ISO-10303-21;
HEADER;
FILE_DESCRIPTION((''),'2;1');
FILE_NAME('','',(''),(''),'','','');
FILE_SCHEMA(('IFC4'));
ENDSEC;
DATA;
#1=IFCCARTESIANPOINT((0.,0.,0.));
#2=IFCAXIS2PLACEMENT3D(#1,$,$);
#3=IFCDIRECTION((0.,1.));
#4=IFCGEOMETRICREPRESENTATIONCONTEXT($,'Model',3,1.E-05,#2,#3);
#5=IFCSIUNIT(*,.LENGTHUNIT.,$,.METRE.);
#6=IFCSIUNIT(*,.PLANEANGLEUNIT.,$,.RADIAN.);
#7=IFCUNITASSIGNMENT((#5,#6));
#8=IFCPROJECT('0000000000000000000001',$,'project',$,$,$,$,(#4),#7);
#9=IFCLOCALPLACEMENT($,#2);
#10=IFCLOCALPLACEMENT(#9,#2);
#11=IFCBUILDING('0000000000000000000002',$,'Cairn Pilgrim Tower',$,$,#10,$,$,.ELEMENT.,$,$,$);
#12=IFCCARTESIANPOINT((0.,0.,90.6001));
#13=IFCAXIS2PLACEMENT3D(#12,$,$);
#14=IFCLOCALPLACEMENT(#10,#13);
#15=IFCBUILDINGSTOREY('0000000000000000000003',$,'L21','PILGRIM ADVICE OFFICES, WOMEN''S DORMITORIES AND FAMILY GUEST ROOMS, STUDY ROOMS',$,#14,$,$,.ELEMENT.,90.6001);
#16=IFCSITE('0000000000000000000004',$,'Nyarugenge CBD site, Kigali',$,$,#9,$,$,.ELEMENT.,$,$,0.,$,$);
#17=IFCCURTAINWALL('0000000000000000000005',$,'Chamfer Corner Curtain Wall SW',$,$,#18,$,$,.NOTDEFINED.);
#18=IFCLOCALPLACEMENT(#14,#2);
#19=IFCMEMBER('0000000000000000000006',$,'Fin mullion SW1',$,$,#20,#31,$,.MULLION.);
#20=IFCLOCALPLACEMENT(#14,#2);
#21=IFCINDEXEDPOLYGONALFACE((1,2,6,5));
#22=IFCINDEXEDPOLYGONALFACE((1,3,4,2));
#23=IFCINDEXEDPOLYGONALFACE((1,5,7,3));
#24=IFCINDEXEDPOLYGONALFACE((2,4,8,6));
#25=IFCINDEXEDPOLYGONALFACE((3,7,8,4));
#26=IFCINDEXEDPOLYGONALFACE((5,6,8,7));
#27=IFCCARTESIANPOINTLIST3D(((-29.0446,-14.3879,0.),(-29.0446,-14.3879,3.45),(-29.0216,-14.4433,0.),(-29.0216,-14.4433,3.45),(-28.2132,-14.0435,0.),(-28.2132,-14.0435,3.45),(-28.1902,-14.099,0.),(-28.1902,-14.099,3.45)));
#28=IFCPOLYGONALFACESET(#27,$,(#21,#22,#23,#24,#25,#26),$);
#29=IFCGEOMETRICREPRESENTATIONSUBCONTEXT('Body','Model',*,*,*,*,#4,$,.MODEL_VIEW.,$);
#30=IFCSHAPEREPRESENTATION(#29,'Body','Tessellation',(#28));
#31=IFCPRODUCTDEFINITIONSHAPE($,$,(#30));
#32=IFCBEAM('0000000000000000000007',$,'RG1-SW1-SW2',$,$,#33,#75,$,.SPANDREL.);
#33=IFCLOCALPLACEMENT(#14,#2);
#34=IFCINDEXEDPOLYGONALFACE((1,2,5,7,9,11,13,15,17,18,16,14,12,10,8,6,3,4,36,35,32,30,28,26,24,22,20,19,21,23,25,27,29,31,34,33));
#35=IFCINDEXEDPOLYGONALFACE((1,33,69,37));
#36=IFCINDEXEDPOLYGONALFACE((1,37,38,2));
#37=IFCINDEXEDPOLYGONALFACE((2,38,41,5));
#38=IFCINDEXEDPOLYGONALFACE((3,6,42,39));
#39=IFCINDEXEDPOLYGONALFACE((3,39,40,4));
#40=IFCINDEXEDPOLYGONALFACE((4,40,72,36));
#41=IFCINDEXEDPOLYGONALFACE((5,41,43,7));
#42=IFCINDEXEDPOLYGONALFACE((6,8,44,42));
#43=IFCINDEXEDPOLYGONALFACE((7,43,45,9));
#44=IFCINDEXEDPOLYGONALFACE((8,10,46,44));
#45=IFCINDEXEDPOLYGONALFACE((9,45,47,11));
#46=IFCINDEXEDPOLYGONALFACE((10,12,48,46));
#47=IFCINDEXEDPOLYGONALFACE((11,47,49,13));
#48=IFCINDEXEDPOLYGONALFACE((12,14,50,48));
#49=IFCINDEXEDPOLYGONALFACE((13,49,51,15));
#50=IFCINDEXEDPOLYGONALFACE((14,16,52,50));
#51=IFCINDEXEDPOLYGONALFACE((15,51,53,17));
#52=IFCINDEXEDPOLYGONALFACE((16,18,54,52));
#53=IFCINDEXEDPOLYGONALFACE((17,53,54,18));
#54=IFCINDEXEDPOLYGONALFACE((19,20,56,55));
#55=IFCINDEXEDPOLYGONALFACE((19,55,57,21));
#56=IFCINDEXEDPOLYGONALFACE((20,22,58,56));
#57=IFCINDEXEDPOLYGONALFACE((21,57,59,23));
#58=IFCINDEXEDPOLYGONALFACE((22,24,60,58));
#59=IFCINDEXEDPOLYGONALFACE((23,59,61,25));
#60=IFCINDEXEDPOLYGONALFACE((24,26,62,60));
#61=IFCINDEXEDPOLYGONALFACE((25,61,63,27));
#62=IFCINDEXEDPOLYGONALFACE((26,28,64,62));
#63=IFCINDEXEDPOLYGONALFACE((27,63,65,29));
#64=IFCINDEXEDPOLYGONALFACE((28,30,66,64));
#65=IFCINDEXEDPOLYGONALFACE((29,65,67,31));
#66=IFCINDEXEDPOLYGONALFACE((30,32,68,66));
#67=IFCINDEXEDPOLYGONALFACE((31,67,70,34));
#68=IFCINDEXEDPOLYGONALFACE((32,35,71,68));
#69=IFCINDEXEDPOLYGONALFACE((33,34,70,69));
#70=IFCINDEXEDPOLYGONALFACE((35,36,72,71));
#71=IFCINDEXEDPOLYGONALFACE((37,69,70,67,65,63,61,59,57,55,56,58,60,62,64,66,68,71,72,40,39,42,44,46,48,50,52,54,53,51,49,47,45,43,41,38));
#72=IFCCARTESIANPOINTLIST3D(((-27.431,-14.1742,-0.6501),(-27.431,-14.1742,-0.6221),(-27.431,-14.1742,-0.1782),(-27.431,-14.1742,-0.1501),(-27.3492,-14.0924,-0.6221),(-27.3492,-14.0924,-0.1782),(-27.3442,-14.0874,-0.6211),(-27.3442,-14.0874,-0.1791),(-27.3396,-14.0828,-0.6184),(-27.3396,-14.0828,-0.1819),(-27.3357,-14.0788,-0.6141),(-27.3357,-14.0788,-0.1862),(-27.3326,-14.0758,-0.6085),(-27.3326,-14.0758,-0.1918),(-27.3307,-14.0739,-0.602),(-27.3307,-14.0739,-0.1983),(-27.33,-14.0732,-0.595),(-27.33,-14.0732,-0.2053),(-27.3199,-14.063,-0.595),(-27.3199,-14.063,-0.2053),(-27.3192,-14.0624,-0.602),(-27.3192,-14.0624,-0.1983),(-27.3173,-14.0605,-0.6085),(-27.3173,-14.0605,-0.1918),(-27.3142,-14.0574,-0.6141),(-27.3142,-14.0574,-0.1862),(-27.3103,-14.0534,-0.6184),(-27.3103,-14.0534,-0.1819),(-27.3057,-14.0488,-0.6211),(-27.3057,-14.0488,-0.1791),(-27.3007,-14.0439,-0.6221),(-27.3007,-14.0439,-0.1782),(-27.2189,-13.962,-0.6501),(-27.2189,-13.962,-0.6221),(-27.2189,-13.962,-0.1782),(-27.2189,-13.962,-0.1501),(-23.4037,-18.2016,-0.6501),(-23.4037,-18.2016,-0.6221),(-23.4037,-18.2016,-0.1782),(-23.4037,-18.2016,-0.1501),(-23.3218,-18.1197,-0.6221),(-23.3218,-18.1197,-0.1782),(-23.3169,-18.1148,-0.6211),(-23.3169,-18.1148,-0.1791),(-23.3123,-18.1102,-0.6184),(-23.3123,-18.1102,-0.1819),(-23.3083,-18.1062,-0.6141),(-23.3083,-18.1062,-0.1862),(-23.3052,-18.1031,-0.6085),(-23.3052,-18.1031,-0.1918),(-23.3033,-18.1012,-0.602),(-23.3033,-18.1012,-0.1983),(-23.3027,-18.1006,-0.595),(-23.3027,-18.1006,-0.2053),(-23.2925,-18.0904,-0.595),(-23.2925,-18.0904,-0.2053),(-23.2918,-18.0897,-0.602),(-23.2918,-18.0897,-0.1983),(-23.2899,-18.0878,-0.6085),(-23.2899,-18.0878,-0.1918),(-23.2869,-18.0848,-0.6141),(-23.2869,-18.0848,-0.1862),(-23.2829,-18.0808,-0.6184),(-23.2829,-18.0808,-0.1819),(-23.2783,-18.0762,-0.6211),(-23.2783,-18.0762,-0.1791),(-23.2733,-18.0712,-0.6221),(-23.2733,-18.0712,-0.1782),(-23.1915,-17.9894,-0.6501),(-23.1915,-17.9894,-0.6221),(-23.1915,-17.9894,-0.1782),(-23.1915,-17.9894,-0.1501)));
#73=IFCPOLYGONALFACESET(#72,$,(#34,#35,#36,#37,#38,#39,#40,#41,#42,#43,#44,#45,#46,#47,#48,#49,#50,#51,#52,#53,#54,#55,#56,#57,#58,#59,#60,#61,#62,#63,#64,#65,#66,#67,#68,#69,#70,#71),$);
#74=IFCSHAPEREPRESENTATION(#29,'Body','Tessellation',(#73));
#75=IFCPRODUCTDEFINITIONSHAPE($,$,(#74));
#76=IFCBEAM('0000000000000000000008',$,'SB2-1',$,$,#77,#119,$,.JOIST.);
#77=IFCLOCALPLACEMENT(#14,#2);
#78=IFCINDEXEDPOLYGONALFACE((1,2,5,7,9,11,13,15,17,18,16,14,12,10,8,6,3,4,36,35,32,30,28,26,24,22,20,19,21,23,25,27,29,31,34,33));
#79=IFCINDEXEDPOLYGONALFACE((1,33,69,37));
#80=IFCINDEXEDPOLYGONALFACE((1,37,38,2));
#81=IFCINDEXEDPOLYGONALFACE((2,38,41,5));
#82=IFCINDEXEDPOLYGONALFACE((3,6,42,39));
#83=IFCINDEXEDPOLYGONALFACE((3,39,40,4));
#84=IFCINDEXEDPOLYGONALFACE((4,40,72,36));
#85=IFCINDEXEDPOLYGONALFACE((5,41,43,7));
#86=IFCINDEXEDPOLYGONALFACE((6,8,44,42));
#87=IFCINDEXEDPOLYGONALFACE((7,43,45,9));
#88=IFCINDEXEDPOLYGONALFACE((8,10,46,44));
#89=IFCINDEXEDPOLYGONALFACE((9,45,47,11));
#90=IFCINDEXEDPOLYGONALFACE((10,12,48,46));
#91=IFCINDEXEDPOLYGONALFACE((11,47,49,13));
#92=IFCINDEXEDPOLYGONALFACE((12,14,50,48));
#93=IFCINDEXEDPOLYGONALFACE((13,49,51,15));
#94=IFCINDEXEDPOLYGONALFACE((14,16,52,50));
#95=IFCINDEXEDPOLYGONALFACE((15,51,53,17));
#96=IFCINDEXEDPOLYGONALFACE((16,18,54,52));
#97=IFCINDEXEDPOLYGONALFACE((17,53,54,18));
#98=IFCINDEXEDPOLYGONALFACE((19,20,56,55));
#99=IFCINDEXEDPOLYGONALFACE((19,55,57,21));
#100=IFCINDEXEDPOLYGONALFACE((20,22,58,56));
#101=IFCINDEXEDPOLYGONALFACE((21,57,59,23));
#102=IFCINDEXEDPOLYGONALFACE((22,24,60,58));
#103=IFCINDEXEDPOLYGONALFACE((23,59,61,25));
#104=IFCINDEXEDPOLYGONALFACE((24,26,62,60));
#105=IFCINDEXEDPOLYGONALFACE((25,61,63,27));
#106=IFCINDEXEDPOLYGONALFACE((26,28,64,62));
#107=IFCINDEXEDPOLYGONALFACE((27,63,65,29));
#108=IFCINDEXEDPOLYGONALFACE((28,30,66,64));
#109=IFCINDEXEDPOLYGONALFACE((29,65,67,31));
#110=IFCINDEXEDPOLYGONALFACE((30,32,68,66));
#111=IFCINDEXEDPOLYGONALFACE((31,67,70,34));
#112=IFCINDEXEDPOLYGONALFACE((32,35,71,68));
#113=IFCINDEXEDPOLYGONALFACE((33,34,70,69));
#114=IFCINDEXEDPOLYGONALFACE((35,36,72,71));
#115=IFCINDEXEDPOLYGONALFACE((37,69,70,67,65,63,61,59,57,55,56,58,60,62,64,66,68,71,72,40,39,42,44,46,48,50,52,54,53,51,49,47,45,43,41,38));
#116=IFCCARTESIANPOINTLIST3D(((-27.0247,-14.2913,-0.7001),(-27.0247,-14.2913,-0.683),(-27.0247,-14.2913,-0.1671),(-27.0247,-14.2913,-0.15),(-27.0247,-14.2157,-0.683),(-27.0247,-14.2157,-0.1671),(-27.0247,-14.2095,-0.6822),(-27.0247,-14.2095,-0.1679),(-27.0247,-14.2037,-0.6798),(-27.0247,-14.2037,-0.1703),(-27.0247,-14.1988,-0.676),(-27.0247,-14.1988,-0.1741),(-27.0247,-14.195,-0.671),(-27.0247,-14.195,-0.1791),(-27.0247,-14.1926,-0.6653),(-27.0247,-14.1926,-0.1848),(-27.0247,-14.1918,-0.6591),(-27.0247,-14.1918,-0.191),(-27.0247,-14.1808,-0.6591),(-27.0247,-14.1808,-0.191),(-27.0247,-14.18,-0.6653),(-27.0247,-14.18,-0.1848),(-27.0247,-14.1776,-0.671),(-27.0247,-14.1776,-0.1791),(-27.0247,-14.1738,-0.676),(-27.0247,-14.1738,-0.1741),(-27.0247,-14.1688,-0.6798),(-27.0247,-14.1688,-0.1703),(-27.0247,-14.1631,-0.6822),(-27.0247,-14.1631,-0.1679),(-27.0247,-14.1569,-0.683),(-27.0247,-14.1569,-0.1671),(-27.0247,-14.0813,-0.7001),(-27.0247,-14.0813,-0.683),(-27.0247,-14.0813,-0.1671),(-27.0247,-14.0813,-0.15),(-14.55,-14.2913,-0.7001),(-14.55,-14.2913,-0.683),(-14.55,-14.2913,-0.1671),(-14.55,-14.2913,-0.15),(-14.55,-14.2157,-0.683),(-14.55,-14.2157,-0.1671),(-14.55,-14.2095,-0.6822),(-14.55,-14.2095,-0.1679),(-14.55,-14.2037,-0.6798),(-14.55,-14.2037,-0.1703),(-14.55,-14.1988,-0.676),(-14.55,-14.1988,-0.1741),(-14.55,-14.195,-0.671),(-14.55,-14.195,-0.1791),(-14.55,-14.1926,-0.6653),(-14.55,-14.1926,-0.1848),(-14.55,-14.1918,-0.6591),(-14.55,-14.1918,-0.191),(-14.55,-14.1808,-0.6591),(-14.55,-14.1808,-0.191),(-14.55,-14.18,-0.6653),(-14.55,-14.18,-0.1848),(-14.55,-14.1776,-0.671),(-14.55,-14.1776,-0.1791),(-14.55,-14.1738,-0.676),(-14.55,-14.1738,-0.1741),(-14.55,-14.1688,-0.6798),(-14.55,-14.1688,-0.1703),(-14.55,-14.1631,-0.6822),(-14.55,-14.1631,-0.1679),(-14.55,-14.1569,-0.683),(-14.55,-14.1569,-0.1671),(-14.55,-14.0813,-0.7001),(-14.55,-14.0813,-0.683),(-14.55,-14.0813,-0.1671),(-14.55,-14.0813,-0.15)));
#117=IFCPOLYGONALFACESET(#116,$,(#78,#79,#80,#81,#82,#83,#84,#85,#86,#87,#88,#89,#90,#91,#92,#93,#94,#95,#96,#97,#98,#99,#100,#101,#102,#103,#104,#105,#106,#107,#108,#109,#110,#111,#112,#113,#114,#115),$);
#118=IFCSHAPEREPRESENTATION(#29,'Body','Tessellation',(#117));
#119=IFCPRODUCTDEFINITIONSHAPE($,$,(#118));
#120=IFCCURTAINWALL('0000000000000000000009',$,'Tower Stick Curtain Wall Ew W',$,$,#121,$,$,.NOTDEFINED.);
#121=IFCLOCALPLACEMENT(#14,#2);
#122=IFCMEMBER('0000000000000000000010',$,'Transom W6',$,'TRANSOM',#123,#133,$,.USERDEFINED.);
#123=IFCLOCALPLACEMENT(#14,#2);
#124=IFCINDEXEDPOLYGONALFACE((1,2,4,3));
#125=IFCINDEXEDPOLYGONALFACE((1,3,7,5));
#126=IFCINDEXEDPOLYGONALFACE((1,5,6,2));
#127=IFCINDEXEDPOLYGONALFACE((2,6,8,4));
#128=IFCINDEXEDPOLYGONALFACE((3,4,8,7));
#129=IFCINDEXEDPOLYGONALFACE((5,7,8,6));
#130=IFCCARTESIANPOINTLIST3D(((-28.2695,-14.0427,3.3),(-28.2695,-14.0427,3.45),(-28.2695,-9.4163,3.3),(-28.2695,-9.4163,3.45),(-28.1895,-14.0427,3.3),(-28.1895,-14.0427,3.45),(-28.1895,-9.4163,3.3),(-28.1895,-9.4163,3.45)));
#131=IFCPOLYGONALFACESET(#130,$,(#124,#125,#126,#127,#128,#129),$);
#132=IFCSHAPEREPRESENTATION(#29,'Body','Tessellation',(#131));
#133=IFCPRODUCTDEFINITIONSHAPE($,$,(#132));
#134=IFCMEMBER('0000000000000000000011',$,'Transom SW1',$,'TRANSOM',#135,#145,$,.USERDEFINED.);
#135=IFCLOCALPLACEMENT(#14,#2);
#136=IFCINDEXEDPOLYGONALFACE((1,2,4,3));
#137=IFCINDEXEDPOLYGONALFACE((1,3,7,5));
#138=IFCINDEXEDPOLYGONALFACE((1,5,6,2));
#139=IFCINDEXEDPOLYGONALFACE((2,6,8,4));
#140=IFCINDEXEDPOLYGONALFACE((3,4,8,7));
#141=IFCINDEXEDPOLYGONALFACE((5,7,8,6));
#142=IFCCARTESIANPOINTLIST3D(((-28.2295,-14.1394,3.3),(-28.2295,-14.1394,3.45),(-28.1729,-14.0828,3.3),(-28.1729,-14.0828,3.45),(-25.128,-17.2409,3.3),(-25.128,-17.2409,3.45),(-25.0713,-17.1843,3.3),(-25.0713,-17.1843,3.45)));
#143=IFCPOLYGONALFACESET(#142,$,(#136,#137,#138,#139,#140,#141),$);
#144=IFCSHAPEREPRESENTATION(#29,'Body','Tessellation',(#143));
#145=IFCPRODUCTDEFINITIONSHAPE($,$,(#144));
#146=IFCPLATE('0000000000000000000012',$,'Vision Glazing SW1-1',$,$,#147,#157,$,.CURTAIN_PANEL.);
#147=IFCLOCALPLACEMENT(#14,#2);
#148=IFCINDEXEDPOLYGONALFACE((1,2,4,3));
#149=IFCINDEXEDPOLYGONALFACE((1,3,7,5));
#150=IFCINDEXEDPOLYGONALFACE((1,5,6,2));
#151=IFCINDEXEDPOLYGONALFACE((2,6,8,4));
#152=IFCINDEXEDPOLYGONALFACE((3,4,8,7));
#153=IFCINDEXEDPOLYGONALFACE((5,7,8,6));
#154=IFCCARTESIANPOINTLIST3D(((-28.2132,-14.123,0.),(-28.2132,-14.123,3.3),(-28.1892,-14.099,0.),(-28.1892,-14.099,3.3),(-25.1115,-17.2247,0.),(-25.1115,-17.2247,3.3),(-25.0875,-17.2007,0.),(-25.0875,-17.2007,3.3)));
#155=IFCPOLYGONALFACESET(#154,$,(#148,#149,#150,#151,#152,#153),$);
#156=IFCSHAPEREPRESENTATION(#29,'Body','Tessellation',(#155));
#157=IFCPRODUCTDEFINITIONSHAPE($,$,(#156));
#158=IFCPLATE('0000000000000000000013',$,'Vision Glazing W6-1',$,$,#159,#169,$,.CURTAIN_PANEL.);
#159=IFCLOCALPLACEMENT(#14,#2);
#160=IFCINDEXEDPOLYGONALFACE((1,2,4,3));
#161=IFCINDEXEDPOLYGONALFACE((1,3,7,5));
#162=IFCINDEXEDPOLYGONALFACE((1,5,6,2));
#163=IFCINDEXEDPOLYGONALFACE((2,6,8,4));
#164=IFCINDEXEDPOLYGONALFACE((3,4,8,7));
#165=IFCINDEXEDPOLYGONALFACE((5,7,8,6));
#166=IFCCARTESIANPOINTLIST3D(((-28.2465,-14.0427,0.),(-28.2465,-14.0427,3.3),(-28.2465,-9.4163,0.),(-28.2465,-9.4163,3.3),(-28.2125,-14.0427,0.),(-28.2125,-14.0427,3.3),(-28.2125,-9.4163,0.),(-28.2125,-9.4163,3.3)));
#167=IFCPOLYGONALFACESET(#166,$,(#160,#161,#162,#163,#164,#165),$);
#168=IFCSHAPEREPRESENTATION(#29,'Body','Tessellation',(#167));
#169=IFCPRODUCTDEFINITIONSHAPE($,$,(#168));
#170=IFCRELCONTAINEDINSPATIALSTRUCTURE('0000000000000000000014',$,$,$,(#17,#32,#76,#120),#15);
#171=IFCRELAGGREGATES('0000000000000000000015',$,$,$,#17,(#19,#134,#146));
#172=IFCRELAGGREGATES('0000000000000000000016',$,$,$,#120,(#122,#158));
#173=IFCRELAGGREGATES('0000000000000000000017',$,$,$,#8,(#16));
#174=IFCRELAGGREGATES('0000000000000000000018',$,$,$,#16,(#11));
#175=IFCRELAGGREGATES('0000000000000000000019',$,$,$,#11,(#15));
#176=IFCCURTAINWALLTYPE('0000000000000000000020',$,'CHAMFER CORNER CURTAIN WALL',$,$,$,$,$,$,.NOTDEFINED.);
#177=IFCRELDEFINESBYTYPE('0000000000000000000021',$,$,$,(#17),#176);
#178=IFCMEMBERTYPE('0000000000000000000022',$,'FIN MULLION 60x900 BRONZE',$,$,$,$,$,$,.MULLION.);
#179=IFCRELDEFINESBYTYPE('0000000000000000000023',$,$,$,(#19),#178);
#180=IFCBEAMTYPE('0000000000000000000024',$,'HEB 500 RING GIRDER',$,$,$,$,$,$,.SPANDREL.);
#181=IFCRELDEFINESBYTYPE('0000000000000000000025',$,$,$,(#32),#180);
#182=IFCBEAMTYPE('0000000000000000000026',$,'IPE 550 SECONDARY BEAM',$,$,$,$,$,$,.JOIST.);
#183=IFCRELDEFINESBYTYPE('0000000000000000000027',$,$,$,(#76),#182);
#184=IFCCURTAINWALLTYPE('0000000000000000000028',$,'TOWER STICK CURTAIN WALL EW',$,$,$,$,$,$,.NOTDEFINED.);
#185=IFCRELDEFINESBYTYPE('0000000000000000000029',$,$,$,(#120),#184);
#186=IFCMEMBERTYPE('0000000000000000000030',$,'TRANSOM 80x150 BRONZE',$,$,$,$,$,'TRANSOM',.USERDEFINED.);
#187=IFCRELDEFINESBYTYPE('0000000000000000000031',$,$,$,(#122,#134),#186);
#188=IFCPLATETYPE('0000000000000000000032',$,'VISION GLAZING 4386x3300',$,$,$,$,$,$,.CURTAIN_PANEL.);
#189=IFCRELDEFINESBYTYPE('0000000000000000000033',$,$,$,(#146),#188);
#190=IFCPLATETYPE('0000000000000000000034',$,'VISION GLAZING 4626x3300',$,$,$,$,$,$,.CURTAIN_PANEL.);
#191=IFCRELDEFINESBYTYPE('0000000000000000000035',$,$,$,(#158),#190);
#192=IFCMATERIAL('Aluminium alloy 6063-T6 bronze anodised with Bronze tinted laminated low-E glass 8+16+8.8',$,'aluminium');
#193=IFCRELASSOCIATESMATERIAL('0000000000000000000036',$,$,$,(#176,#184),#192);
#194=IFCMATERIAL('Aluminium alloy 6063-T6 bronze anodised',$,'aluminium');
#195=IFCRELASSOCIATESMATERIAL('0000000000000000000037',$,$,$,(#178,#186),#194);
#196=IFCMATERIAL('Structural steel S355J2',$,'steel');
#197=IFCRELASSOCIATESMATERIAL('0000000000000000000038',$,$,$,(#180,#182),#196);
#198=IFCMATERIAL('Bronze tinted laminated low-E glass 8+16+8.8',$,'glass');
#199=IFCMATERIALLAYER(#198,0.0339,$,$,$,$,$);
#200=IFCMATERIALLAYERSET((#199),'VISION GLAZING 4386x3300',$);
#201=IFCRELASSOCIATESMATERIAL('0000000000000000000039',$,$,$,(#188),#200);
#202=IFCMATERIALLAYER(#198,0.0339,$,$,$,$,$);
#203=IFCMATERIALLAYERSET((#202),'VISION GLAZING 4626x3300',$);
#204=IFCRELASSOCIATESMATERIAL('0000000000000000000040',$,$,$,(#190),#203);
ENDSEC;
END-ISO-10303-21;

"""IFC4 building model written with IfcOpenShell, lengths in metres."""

from ifc_helpers import new_model, si_unit, direction, frame, origin, origin_2d, place, context, subcontext, project, spatial, rectangle, i_section, extrude, material, layer, layer_set, material_profile, profile_set, type_object, element, aggregate, save


model = new_model("IFC4")

# Units and contexts
model_context = context("Model", 3, precision=1e-05, world=origin(), true_north=direction((0.0, 1.0)))
body_context = subcontext(model_context, "Body", "Model", "MODEL_VIEW")
ifc_project = project(units=[si_unit("LENGTHUNIT", "METRE"), si_unit("PLANEANGLEUNIT", "RADIAN")], contexts=[model_context])

# Site, building, storey
site_placement = place(None, origin())
site = spatial("IfcSite", under=ifc_project, at=site_placement, Name="Nyarugenge CBD site, Kigali", CompositionType="ELEMENT", RefElevation=0.0)
building_placement = place(site_placement, origin())
building = spatial("IfcBuilding", under=site, at=building_placement, Name="Cairn Pilgrim Tower", CompositionType="ELEMENT")
storey_placement = place(building_placement, frame((0.0, 0.0, 90.6001)))
storey = spatial("IfcBuildingStorey", under=building, at=storey_placement, Name="L21", Description="PILGRIM ADVICE OFFICES, WOMEN'S DORMITORIES AND FAMILY GUEST ROOMS, STUDY ROOMS", CompositionType="ELEMENT", Elevation=90.6001)

# Curtain wall, member
ifc_material_1 = material(Name="Aluminium alloy 6063-T6 bronze anodised with Bronze tinted laminated low-E glass 8+16+8.8", Category="aluminium")
curtain_wall_type_1 = type_object("IfcCurtainWallType", Name="CHAMFER CORNER CURTAIN WALL", PredefinedType="NOTDEFINED", material=ifc_material_1)
curtain_wall_1_placement = place(storey_placement, origin())
curtain_wall_1 = element("IfcCurtainWall", 1, at=curtain_wall_1_placement, inside=storey, type_object=curtain_wall_type_1, Name="Chamfer Corner Curtain Wall SW", PredefinedType="NOTDEFINED")
ifc_material_2 = material(Name="Aluminium alloy 6063-T6 bronze anodised", Category="aluminium")
ifc_material_profile_1 = material_profile(ifc_material_2, rectangle(XDim=0.8999, YDim=0.0601, at=origin_2d()), Name="FIN MULLION 60x900 BRONZE")
ifc_profile_set_1 = profile_set([ifc_material_profile_1], Name="Aluminium alloy 6063-T6 bronze anodised")
member_type_1 = type_object("IfcMemberType", Name="FIN MULLION 60x900 BRONZE", PredefinedType="MULLION", material=ifc_profile_set_1)
member_1_placement = place(storey_placement, frame((-28.6174, -14.2434, 0.0), z_axis=(0.0, 0.0, 1.0), x_axis=(-0.92388, -0.382683, 0.0)))
member_1 = element("IfcMember", 2, at=member_1_placement, type_object=member_type_1, Name="Fin mullion SW1", PredefinedType="MULLION", context=body_context, shape_type="SweptSolid", body=[
    extrude(rectangle(XDim=0.8999, YDim=0.0601, at=origin_2d()), origin(), (0.0, 0.0, 1.0), 3.45),
])

# Beams
ifc_material_3 = material(Name="Structural steel S355J2", Category="steel")
ifc_material_profile_2 = material_profile(ifc_material_3, i_section(OverallWidth=0.3, OverallDepth=0.5, WebThickness=0.0144, FlangeThickness=0.0281, FilletRadius=0.0271, at=origin_2d()), Name="HEB 500")
ifc_profile_set_2 = profile_set([ifc_material_profile_2], Name="Structural steel S355J2")
beam_type_1 = type_object("IfcBeamType", Name="HEB 500 RING GIRDER", PredefinedType="SPANDREL", material=ifc_profile_set_2)
beam_1_placement = place(storey_placement, frame((-27.325, -14.0681, -0.4001), z_axis=(0.707107, -0.707107, 0.0), x_axis=(0.707107, 0.707107, 0.0)))
element("IfcBeam", 3, at=beam_1_placement, inside=storey, type_object=beam_type_1, Name="RG1-SW1-SW2", PredefinedType="SPANDREL", context=body_context, shape_type="SweptSolid", body=[
    extrude(i_section(OverallWidth=0.3, OverallDepth=0.5, WebThickness=0.0144, FlangeThickness=0.0281, FilletRadius=0.0271, at=origin_2d()), origin(), (0.0, 0.0, 1.0), 5.6956),
])
ifc_material_profile_3 = material_profile(ifc_material_3, i_section(OverallWidth=0.21, OverallDepth=0.55, WebThickness=0.011, FlangeThickness=0.0171, FilletRadius=0.0239, at=origin_2d()), Name="IPE 550")
ifc_profile_set_3 = profile_set([ifc_material_profile_3], Name="Structural steel S355J2")
beam_type_2 = type_object("IfcBeamType", Name="IPE 550 SECONDARY BEAM", PredefinedType="JOIST", material=ifc_profile_set_3)
beam_2_placement = place(storey_placement, frame((-27.0247, -14.1863, -0.425), z_axis=(1.0, 0.0, 0.0), x_axis=(0.0, 1.0, 0.0)))
element("IfcBeam", 4, at=beam_2_placement, inside=storey, type_object=beam_type_2, Name="SB2-1", PredefinedType="JOIST", context=body_context, shape_type="SweptSolid", body=[
    extrude(i_section(OverallWidth=0.21, OverallDepth=0.55, WebThickness=0.011, FlangeThickness=0.0171, FilletRadius=0.0239, at=origin_2d()), origin(), (0.0, 0.0, 1.0), 12.4746),
])

# Curtain wall, member
curtain_wall_type_2 = type_object("IfcCurtainWallType", Name="TOWER STICK CURTAIN WALL EW", PredefinedType="NOTDEFINED", material=ifc_material_1)
curtain_wall_2_placement = place(storey_placement, origin())
curtain_wall_2 = element("IfcCurtainWall", 5, at=curtain_wall_2_placement, inside=storey, type_object=curtain_wall_type_2, Name="Tower Stick Curtain Wall Ew W", PredefinedType="NOTDEFINED")
ifc_material_profile_4 = material_profile(ifc_material_2, rectangle(XDim=0.0801, YDim=0.1499, at=origin_2d()), Name="TRANSOM 80x150 BRONZE")
ifc_profile_set_4 = profile_set([ifc_material_profile_4], Name="Aluminium alloy 6063-T6 bronze anodised")
member_type_2 = type_object("IfcMemberType", Name="TRANSOM 80x150 BRONZE", ElementType="TRANSOM", PredefinedType="USERDEFINED", material=ifc_profile_set_4)
member_2_placement = place(storey_placement, frame((-28.2295, -9.4163, 3.375), z_axis=(0.0, -1.0, 0.0), x_axis=(1.0, 0.0, 0.0)))
member_2 = element("IfcMember", 6, at=member_2_placement, type_object=member_type_2, Name="Transom W6", ObjectType="TRANSOM", PredefinedType="USERDEFINED", context=body_context, shape_type="SweptSolid", body=[
    extrude(rectangle(XDim=0.0801, YDim=0.1499, at=origin_2d()), origin(), (0.0, 0.0, 1.0), 4.6265),
])

# Member
member_3_placement = place(storey_placement, frame((-28.2012, -14.1111, 3.375), z_axis=(0.707107, -0.707107, 0.0), x_axis=(0.707107, 0.707107, 0.0)))
member_3 = element("IfcMember", 7, at=member_3_placement, type_object=member_type_2, Name="Transom SW1", ObjectType="TRANSOM", PredefinedType="USERDEFINED", context=body_context, shape_type="SweptSolid", body=[
    extrude(rectangle(XDim=0.0801, YDim=0.1499, at=origin_2d()), origin(), (0.0, 0.0, 1.0), 4.3862),
])

# Plates
ifc_material_4 = material(Name="Bronze tinted laminated low-E glass 8+16+8.8", Category="glass")
ifc_layer_1 = layer(ifc_material_4, 0.0339)
ifc_layer_set_1 = layer_set([ifc_layer_1], Name="VISION GLAZING 4386x3300")
plate_type_1 = type_object("IfcPlateType", Name="VISION GLAZING 4386x3300", PredefinedType="CURTAIN_PANEL", material=ifc_layer_set_1)
plate_1_placement = place(storey_placement, frame((-26.6504, -15.6619, 0.0), z_axis=(0.0, 0.0, 1.0), x_axis=(0.707107, -0.707107, 0.0)))
plate_1 = element("IfcPlate", 8, at=plate_1_placement, type_object=plate_type_1, Name="Vision Glazing SW1-1", PredefinedType="CURTAIN_PANEL", context=body_context, shape_type="SweptSolid", body=[
    extrude(rectangle(XDim=4.3865, YDim=0.0339, at=origin_2d()), origin(), (0.0, 0.0, 1.0), 3.3),
])
aggregate(curtain_wall_1, [member_1, member_3, plate_1])
ifc_layer_2 = layer(ifc_material_4, 0.0339)
ifc_layer_set_2 = layer_set([ifc_layer_2], Name="VISION GLAZING 4626x3300")
plate_type_2 = type_object("IfcPlateType", Name="VISION GLAZING 4626x3300", PredefinedType="CURTAIN_PANEL", material=ifc_layer_set_2)
plate_2_placement = place(storey_placement, frame((-28.2295, -11.7295, 0.0), z_axis=(0.0, 0.0, 1.0), x_axis=(0.0, -1.0, 0.0)))
plate_2 = element("IfcPlate", 9, at=plate_2_placement, type_object=plate_type_2, Name="Vision Glazing W6-1", PredefinedType="CURTAIN_PANEL", context=body_context, shape_type="SweptSolid", body=[
    extrude(rectangle(XDim=4.6265, YDim=0.0339, at=origin_2d()), origin(), (0.0, 0.0, 1.0), 3.3),
])
aggregate(curtain_wall_2, [member_2, plate_2])

save(model, "model.ifc")
